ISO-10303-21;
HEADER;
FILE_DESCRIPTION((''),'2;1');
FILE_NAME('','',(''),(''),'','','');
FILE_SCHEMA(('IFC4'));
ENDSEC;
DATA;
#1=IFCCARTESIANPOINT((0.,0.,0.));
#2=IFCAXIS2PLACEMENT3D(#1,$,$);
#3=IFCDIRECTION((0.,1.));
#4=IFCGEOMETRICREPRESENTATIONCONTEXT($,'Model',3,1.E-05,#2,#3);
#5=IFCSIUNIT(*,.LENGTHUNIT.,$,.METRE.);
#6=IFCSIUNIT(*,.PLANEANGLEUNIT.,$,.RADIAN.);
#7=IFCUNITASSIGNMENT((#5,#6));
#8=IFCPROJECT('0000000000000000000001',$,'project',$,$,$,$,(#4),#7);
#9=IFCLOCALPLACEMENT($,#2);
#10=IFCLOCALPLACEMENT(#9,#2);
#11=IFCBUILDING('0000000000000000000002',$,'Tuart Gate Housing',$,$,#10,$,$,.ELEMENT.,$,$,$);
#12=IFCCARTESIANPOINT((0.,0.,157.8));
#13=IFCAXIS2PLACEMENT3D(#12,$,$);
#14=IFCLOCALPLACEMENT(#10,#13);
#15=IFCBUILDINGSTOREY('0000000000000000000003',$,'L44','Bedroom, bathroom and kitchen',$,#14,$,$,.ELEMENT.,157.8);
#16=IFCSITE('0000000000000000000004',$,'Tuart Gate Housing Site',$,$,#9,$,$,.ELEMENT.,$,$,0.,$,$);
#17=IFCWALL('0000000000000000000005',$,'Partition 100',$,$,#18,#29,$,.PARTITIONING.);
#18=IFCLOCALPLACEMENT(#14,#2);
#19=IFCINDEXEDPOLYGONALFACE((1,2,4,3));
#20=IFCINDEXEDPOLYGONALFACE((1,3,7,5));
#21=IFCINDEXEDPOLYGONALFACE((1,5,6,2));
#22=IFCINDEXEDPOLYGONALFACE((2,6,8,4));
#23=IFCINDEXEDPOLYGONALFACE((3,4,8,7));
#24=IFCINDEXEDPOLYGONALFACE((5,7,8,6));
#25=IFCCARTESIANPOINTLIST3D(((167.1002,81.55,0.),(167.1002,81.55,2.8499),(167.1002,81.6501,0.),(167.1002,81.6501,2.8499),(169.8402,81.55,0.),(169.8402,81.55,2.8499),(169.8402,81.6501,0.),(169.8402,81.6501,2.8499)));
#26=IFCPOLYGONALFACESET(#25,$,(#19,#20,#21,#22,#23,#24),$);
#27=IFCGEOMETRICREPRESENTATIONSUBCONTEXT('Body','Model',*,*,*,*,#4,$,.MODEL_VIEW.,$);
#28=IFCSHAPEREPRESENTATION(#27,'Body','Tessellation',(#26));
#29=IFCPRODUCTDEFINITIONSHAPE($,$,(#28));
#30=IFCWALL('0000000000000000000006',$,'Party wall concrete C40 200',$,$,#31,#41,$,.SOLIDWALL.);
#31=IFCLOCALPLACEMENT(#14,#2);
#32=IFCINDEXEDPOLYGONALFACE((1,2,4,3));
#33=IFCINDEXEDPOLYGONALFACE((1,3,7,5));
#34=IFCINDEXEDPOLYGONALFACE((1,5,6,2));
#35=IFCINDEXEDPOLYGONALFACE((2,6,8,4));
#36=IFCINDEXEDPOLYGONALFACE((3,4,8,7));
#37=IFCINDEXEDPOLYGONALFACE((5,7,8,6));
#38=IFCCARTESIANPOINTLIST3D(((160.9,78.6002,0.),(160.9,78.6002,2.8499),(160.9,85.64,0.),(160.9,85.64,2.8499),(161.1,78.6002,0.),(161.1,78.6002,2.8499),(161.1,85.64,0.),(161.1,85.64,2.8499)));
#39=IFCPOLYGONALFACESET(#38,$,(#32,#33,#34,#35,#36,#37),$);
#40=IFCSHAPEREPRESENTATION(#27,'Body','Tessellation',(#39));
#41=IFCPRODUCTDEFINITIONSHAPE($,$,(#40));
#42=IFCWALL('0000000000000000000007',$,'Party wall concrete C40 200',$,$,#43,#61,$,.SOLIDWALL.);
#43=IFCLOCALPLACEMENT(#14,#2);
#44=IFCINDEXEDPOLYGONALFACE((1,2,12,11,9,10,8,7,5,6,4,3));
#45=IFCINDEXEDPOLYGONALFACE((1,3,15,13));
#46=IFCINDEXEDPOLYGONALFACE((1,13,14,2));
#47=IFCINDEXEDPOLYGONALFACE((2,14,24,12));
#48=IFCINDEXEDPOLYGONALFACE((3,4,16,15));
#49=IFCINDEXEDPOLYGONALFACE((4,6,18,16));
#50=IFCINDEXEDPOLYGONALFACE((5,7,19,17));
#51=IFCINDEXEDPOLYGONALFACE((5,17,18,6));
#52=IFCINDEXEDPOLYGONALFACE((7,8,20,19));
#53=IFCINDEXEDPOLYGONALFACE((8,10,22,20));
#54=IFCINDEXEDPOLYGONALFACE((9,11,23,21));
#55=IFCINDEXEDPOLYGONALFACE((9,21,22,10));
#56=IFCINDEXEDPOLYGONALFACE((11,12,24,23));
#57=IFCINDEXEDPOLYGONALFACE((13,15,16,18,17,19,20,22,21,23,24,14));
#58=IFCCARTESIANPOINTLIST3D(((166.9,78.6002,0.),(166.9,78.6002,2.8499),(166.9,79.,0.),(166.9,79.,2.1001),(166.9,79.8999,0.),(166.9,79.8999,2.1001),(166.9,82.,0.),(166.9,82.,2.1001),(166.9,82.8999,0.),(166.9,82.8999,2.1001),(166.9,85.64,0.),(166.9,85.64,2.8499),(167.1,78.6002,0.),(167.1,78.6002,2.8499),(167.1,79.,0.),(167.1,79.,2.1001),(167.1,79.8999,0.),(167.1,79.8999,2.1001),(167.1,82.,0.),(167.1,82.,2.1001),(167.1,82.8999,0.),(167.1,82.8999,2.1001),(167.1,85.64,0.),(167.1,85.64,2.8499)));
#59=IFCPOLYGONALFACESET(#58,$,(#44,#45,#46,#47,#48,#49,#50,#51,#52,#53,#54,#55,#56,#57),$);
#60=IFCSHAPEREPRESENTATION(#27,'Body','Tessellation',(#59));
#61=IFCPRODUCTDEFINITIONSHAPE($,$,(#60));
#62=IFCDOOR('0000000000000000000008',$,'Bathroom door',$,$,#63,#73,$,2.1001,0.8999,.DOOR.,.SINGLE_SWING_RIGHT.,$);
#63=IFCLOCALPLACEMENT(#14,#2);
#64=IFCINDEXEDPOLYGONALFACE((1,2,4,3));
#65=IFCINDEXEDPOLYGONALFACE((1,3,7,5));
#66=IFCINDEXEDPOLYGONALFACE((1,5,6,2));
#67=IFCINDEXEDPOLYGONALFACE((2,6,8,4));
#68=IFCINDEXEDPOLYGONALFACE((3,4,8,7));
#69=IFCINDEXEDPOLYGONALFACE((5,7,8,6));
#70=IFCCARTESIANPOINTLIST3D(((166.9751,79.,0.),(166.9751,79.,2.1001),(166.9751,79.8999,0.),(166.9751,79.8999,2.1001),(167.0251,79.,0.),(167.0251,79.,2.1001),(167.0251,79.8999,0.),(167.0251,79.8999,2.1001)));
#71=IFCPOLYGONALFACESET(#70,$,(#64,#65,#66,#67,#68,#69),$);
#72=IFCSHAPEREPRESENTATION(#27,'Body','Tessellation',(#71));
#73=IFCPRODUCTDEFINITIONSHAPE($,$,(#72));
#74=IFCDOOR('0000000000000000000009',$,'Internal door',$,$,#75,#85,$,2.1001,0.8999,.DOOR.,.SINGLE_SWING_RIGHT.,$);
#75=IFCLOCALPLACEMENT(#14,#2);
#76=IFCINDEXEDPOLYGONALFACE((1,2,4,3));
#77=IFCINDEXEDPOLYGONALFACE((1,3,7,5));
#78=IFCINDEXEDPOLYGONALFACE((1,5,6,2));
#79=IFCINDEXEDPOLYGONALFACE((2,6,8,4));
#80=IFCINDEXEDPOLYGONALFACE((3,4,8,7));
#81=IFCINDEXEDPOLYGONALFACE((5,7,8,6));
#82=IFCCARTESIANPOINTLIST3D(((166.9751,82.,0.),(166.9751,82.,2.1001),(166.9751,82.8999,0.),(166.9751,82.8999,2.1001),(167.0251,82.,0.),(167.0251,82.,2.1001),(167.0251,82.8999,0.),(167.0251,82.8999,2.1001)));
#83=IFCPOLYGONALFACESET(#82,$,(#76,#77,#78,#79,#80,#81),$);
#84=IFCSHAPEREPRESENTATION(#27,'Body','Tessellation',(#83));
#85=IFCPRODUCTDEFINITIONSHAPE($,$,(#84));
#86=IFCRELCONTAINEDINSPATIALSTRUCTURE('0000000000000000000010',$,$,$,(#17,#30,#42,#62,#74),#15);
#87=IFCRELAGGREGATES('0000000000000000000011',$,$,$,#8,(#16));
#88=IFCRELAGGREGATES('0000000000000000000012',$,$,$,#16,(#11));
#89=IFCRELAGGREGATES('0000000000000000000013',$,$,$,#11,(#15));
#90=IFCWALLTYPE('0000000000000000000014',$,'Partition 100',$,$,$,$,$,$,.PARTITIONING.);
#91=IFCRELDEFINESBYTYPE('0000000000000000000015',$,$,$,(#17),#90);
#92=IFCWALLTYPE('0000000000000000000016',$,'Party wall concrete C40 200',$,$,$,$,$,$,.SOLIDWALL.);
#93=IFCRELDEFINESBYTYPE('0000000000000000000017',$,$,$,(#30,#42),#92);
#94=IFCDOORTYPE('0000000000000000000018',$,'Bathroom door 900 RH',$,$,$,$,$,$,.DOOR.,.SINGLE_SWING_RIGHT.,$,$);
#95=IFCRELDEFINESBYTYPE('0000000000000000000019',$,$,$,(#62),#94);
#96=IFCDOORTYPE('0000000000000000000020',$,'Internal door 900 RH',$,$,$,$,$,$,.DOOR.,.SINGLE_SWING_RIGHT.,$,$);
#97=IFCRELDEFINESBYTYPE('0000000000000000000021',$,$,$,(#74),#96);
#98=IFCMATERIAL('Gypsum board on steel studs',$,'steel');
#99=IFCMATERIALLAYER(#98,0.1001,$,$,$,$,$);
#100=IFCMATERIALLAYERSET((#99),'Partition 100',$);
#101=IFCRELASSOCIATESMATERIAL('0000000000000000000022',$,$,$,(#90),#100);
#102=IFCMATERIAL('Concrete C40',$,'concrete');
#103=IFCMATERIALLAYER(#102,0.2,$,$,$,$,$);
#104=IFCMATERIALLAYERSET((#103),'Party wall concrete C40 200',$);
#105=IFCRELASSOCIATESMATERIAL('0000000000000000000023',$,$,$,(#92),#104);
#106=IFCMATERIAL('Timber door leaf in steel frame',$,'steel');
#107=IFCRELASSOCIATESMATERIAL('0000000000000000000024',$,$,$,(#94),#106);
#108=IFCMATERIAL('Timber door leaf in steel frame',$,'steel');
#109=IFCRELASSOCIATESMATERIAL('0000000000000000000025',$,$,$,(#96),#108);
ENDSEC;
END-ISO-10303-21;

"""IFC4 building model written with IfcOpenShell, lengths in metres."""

from ifc_helpers import new_model, si_unit, direction, frame, frame_2d, origin, place, context, subcontext, project, spatial, rectangle, extrude, material, layer, layer_set, type_object, element, fill, save


model = new_model("IFC4")

# Units and contexts
model_context = context("Model", 3, precision=1e-05, world=origin(), true_north=direction((0.0, 1.0)))
body_context = subcontext(model_context, "Body", "Model", "MODEL_VIEW")
ifc_project = project(units=[si_unit("LENGTHUNIT", "METRE"), si_unit("PLANEANGLEUNIT", "RADIAN")], contexts=[model_context])

# Site, building, storey
site_placement = place(None, origin())
site = spatial("IfcSite", under=ifc_project, at=site_placement, Name="Tuart Gate Housing Site", CompositionType="ELEMENT", RefElevation=0.0)
building_placement = place(site_placement, origin())
building = spatial("IfcBuilding", under=site, at=building_placement, Name="Tuart Gate Housing", CompositionType="ELEMENT")
storey_placement = place(building_placement, frame((0.0, 0.0, 157.8)))
storey = spatial("IfcBuildingStorey", under=building, at=storey_placement, Name="L44", Description="Bedroom, bathroom and kitchen", CompositionType="ELEMENT", Elevation=157.8)

# Walls
ifc_material_1 = material(Name="Gypsum board on steel studs", Category="steel")
ifc_layer_1 = layer(ifc_material_1, 0.1001)
ifc_layer_set_1 = layer_set([ifc_layer_1], Name="Partition 100")
wall_type_1 = type_object("IfcWallType", Name="Partition 100", PredefinedType="PARTITIONING", material=ifc_layer_set_1)
wall_1_placement = place(storey_placement, frame((167.1001, 81.6001, 0.0), z_axis=(0.0, 0.0, 1.0), x_axis=(1.0, 0.0, 0.0)))
element("IfcWall", 1, at=wall_1_placement, inside=storey, type_object=wall_type_1, Name="Partition 100", PredefinedType="PARTITIONING", context=body_context, shape_type="SweptSolid", body=[
    extrude(rectangle(XDim=2.74, YDim=0.1001, at=frame_2d((1.3701, 0.0))), origin(), (0.0, 0.0, 1.0), 2.8499),
])
ifc_material_2 = material(Name="Concrete C40", Category="concrete")
ifc_layer_2 = layer(ifc_material_2, 0.2)
ifc_layer_set_2 = layer_set([ifc_layer_2], Name="Party wall concrete C40 200")
wall_type_2 = type_object("IfcWallType", Name="Party wall concrete C40 200", PredefinedType="SOLIDWALL", material=ifc_layer_set_2)
wall_2_placement = place(storey_placement, frame((161.0, 78.6001, 0.0), z_axis=(0.0, 0.0, 1.0), x_axis=(0.0, 1.0, 0.0)))
element("IfcWall", 2, at=wall_2_placement, inside=storey, type_object=wall_type_2, Name="Party wall concrete C40 200", PredefinedType="SOLIDWALL", context=body_context, shape_type="SweptSolid", body=[
    extrude(rectangle(XDim=7.0398, YDim=0.2, at=frame_2d((3.52, 0.0))), origin(), (0.0, 0.0, 1.0), 2.8499),
])

# Wall, openings, doors
wall_3_placement = place(storey_placement, frame((167.0, 78.6001, 0.0), z_axis=(0.0, 0.0, 1.0), x_axis=(0.0, 1.0, 0.0)))
wall_3 = element("IfcWall", 3, at=wall_3_placement, inside=storey, type_object=wall_type_2, Name="Party wall concrete C40 200", PredefinedType="SOLIDWALL", context=body_context, shape_type="SweptSolid", body=[
    extrude(rectangle(XDim=7.0398, YDim=0.2, at=frame_2d((3.52, 0.0))), origin(), (0.0, 0.0, 1.0), 2.8499),
])
opening_1_placement = place(wall_3_placement, frame((3.3999, 0.0, 0.0)))
opening_1 = element("IfcOpeningElement", 4, at=opening_1_placement, cuts=wall_3, PredefinedType="OPENING", context=body_context, shape_type="SweptSolid", body=[
    extrude(rectangle(XDim=0.8999, YDim=2.1001, at=frame_2d((0.45, 1.05))), frame((0.0, 0.1099, 0.0), z_axis=(0.0, -1.0, 0.0), x_axis=(1.0, 0.0, 0.0)), (0.0, 0.0, 1.0), 0.22),
])
opening_2_placement = place(wall_3_placement, frame((0.3999, 0.0, 0.0)))
opening_2 = element("IfcOpeningElement", 5, at=opening_2_placement, cuts=wall_3, PredefinedType="OPENING", context=body_context, shape_type="SweptSolid", body=[
    extrude(rectangle(XDim=0.8999, YDim=2.1001, at=frame_2d((0.45, 1.05))), frame((0.0, 0.1099, 0.0), z_axis=(0.0, -1.0, 0.0), x_axis=(1.0, 0.0, 0.0)), (0.0, 0.0, 1.0), 0.22),
])
ifc_material_3 = material(Name="Timber door leaf in steel frame", Category="steel")
door_type_1 = type_object("IfcDoorType", Name="Bathroom door 900 RH", OperationType="SINGLE_SWING_RIGHT", PredefinedType="DOOR", material=ifc_material_3)
door_1_placement = place(opening_2_placement, frame((0.8999, 0.0, 0.0), z_axis=(0.0, 0.0, 1.0), x_axis=(-1.0, 0.0, 0.0)))
door_1 = element("IfcDoor", 6, at=door_1_placement, inside=storey, type_object=door_type_1, Name="Bathroom door", OperationType="SINGLE_SWING_RIGHT", OverallHeight=2.1001, OverallWidth=0.8999, PredefinedType="DOOR", context=body_context, shape_type="SweptSolid", body=[
    extrude(rectangle(XDim=0.8999, YDim=2.1001, at=frame_2d((0.45, 1.05))), frame((0.0, 0.0251, 0.0), z_axis=(0.0, -1.0, 0.0), x_axis=(1.0, 0.0, 0.0)), (0.0, 0.0, 1.0), 0.05),
])
fill(opening_2, door_1)
ifc_material_4 = material(Name="Timber door leaf in steel frame", Category="steel")
door_type_2 = type_object("IfcDoorType", Name="Internal door 900 RH", OperationType="SINGLE_SWING_RIGHT", PredefinedType="DOOR", material=ifc_material_4)
door_2_placement = place(opening_1_placement, frame((0.8999, 0.0, 0.0), z_axis=(0.0, 0.0, 1.0), x_axis=(-1.0, 0.0, 0.0)))
door_2 = element("IfcDoor", 7, at=door_2_placement, inside=storey, type_object=door_type_2, Name="Internal door", OperationType="SINGLE_SWING_RIGHT", OverallHeight=2.1001, OverallWidth=0.8999, PredefinedType="DOOR", context=body_context, shape_type="SweptSolid", body=[
    extrude(rectangle(XDim=0.8999, YDim=2.1001, at=frame_2d((0.45, 1.05))), frame((0.0, 0.0251, 0.0), z_axis=(0.0, -1.0, 0.0), x_axis=(1.0, 0.0, 0.0)), (0.0, 0.0, 1.0), 0.05),
])
fill(opening_1, door_2)

save(model, "model.ifc")
